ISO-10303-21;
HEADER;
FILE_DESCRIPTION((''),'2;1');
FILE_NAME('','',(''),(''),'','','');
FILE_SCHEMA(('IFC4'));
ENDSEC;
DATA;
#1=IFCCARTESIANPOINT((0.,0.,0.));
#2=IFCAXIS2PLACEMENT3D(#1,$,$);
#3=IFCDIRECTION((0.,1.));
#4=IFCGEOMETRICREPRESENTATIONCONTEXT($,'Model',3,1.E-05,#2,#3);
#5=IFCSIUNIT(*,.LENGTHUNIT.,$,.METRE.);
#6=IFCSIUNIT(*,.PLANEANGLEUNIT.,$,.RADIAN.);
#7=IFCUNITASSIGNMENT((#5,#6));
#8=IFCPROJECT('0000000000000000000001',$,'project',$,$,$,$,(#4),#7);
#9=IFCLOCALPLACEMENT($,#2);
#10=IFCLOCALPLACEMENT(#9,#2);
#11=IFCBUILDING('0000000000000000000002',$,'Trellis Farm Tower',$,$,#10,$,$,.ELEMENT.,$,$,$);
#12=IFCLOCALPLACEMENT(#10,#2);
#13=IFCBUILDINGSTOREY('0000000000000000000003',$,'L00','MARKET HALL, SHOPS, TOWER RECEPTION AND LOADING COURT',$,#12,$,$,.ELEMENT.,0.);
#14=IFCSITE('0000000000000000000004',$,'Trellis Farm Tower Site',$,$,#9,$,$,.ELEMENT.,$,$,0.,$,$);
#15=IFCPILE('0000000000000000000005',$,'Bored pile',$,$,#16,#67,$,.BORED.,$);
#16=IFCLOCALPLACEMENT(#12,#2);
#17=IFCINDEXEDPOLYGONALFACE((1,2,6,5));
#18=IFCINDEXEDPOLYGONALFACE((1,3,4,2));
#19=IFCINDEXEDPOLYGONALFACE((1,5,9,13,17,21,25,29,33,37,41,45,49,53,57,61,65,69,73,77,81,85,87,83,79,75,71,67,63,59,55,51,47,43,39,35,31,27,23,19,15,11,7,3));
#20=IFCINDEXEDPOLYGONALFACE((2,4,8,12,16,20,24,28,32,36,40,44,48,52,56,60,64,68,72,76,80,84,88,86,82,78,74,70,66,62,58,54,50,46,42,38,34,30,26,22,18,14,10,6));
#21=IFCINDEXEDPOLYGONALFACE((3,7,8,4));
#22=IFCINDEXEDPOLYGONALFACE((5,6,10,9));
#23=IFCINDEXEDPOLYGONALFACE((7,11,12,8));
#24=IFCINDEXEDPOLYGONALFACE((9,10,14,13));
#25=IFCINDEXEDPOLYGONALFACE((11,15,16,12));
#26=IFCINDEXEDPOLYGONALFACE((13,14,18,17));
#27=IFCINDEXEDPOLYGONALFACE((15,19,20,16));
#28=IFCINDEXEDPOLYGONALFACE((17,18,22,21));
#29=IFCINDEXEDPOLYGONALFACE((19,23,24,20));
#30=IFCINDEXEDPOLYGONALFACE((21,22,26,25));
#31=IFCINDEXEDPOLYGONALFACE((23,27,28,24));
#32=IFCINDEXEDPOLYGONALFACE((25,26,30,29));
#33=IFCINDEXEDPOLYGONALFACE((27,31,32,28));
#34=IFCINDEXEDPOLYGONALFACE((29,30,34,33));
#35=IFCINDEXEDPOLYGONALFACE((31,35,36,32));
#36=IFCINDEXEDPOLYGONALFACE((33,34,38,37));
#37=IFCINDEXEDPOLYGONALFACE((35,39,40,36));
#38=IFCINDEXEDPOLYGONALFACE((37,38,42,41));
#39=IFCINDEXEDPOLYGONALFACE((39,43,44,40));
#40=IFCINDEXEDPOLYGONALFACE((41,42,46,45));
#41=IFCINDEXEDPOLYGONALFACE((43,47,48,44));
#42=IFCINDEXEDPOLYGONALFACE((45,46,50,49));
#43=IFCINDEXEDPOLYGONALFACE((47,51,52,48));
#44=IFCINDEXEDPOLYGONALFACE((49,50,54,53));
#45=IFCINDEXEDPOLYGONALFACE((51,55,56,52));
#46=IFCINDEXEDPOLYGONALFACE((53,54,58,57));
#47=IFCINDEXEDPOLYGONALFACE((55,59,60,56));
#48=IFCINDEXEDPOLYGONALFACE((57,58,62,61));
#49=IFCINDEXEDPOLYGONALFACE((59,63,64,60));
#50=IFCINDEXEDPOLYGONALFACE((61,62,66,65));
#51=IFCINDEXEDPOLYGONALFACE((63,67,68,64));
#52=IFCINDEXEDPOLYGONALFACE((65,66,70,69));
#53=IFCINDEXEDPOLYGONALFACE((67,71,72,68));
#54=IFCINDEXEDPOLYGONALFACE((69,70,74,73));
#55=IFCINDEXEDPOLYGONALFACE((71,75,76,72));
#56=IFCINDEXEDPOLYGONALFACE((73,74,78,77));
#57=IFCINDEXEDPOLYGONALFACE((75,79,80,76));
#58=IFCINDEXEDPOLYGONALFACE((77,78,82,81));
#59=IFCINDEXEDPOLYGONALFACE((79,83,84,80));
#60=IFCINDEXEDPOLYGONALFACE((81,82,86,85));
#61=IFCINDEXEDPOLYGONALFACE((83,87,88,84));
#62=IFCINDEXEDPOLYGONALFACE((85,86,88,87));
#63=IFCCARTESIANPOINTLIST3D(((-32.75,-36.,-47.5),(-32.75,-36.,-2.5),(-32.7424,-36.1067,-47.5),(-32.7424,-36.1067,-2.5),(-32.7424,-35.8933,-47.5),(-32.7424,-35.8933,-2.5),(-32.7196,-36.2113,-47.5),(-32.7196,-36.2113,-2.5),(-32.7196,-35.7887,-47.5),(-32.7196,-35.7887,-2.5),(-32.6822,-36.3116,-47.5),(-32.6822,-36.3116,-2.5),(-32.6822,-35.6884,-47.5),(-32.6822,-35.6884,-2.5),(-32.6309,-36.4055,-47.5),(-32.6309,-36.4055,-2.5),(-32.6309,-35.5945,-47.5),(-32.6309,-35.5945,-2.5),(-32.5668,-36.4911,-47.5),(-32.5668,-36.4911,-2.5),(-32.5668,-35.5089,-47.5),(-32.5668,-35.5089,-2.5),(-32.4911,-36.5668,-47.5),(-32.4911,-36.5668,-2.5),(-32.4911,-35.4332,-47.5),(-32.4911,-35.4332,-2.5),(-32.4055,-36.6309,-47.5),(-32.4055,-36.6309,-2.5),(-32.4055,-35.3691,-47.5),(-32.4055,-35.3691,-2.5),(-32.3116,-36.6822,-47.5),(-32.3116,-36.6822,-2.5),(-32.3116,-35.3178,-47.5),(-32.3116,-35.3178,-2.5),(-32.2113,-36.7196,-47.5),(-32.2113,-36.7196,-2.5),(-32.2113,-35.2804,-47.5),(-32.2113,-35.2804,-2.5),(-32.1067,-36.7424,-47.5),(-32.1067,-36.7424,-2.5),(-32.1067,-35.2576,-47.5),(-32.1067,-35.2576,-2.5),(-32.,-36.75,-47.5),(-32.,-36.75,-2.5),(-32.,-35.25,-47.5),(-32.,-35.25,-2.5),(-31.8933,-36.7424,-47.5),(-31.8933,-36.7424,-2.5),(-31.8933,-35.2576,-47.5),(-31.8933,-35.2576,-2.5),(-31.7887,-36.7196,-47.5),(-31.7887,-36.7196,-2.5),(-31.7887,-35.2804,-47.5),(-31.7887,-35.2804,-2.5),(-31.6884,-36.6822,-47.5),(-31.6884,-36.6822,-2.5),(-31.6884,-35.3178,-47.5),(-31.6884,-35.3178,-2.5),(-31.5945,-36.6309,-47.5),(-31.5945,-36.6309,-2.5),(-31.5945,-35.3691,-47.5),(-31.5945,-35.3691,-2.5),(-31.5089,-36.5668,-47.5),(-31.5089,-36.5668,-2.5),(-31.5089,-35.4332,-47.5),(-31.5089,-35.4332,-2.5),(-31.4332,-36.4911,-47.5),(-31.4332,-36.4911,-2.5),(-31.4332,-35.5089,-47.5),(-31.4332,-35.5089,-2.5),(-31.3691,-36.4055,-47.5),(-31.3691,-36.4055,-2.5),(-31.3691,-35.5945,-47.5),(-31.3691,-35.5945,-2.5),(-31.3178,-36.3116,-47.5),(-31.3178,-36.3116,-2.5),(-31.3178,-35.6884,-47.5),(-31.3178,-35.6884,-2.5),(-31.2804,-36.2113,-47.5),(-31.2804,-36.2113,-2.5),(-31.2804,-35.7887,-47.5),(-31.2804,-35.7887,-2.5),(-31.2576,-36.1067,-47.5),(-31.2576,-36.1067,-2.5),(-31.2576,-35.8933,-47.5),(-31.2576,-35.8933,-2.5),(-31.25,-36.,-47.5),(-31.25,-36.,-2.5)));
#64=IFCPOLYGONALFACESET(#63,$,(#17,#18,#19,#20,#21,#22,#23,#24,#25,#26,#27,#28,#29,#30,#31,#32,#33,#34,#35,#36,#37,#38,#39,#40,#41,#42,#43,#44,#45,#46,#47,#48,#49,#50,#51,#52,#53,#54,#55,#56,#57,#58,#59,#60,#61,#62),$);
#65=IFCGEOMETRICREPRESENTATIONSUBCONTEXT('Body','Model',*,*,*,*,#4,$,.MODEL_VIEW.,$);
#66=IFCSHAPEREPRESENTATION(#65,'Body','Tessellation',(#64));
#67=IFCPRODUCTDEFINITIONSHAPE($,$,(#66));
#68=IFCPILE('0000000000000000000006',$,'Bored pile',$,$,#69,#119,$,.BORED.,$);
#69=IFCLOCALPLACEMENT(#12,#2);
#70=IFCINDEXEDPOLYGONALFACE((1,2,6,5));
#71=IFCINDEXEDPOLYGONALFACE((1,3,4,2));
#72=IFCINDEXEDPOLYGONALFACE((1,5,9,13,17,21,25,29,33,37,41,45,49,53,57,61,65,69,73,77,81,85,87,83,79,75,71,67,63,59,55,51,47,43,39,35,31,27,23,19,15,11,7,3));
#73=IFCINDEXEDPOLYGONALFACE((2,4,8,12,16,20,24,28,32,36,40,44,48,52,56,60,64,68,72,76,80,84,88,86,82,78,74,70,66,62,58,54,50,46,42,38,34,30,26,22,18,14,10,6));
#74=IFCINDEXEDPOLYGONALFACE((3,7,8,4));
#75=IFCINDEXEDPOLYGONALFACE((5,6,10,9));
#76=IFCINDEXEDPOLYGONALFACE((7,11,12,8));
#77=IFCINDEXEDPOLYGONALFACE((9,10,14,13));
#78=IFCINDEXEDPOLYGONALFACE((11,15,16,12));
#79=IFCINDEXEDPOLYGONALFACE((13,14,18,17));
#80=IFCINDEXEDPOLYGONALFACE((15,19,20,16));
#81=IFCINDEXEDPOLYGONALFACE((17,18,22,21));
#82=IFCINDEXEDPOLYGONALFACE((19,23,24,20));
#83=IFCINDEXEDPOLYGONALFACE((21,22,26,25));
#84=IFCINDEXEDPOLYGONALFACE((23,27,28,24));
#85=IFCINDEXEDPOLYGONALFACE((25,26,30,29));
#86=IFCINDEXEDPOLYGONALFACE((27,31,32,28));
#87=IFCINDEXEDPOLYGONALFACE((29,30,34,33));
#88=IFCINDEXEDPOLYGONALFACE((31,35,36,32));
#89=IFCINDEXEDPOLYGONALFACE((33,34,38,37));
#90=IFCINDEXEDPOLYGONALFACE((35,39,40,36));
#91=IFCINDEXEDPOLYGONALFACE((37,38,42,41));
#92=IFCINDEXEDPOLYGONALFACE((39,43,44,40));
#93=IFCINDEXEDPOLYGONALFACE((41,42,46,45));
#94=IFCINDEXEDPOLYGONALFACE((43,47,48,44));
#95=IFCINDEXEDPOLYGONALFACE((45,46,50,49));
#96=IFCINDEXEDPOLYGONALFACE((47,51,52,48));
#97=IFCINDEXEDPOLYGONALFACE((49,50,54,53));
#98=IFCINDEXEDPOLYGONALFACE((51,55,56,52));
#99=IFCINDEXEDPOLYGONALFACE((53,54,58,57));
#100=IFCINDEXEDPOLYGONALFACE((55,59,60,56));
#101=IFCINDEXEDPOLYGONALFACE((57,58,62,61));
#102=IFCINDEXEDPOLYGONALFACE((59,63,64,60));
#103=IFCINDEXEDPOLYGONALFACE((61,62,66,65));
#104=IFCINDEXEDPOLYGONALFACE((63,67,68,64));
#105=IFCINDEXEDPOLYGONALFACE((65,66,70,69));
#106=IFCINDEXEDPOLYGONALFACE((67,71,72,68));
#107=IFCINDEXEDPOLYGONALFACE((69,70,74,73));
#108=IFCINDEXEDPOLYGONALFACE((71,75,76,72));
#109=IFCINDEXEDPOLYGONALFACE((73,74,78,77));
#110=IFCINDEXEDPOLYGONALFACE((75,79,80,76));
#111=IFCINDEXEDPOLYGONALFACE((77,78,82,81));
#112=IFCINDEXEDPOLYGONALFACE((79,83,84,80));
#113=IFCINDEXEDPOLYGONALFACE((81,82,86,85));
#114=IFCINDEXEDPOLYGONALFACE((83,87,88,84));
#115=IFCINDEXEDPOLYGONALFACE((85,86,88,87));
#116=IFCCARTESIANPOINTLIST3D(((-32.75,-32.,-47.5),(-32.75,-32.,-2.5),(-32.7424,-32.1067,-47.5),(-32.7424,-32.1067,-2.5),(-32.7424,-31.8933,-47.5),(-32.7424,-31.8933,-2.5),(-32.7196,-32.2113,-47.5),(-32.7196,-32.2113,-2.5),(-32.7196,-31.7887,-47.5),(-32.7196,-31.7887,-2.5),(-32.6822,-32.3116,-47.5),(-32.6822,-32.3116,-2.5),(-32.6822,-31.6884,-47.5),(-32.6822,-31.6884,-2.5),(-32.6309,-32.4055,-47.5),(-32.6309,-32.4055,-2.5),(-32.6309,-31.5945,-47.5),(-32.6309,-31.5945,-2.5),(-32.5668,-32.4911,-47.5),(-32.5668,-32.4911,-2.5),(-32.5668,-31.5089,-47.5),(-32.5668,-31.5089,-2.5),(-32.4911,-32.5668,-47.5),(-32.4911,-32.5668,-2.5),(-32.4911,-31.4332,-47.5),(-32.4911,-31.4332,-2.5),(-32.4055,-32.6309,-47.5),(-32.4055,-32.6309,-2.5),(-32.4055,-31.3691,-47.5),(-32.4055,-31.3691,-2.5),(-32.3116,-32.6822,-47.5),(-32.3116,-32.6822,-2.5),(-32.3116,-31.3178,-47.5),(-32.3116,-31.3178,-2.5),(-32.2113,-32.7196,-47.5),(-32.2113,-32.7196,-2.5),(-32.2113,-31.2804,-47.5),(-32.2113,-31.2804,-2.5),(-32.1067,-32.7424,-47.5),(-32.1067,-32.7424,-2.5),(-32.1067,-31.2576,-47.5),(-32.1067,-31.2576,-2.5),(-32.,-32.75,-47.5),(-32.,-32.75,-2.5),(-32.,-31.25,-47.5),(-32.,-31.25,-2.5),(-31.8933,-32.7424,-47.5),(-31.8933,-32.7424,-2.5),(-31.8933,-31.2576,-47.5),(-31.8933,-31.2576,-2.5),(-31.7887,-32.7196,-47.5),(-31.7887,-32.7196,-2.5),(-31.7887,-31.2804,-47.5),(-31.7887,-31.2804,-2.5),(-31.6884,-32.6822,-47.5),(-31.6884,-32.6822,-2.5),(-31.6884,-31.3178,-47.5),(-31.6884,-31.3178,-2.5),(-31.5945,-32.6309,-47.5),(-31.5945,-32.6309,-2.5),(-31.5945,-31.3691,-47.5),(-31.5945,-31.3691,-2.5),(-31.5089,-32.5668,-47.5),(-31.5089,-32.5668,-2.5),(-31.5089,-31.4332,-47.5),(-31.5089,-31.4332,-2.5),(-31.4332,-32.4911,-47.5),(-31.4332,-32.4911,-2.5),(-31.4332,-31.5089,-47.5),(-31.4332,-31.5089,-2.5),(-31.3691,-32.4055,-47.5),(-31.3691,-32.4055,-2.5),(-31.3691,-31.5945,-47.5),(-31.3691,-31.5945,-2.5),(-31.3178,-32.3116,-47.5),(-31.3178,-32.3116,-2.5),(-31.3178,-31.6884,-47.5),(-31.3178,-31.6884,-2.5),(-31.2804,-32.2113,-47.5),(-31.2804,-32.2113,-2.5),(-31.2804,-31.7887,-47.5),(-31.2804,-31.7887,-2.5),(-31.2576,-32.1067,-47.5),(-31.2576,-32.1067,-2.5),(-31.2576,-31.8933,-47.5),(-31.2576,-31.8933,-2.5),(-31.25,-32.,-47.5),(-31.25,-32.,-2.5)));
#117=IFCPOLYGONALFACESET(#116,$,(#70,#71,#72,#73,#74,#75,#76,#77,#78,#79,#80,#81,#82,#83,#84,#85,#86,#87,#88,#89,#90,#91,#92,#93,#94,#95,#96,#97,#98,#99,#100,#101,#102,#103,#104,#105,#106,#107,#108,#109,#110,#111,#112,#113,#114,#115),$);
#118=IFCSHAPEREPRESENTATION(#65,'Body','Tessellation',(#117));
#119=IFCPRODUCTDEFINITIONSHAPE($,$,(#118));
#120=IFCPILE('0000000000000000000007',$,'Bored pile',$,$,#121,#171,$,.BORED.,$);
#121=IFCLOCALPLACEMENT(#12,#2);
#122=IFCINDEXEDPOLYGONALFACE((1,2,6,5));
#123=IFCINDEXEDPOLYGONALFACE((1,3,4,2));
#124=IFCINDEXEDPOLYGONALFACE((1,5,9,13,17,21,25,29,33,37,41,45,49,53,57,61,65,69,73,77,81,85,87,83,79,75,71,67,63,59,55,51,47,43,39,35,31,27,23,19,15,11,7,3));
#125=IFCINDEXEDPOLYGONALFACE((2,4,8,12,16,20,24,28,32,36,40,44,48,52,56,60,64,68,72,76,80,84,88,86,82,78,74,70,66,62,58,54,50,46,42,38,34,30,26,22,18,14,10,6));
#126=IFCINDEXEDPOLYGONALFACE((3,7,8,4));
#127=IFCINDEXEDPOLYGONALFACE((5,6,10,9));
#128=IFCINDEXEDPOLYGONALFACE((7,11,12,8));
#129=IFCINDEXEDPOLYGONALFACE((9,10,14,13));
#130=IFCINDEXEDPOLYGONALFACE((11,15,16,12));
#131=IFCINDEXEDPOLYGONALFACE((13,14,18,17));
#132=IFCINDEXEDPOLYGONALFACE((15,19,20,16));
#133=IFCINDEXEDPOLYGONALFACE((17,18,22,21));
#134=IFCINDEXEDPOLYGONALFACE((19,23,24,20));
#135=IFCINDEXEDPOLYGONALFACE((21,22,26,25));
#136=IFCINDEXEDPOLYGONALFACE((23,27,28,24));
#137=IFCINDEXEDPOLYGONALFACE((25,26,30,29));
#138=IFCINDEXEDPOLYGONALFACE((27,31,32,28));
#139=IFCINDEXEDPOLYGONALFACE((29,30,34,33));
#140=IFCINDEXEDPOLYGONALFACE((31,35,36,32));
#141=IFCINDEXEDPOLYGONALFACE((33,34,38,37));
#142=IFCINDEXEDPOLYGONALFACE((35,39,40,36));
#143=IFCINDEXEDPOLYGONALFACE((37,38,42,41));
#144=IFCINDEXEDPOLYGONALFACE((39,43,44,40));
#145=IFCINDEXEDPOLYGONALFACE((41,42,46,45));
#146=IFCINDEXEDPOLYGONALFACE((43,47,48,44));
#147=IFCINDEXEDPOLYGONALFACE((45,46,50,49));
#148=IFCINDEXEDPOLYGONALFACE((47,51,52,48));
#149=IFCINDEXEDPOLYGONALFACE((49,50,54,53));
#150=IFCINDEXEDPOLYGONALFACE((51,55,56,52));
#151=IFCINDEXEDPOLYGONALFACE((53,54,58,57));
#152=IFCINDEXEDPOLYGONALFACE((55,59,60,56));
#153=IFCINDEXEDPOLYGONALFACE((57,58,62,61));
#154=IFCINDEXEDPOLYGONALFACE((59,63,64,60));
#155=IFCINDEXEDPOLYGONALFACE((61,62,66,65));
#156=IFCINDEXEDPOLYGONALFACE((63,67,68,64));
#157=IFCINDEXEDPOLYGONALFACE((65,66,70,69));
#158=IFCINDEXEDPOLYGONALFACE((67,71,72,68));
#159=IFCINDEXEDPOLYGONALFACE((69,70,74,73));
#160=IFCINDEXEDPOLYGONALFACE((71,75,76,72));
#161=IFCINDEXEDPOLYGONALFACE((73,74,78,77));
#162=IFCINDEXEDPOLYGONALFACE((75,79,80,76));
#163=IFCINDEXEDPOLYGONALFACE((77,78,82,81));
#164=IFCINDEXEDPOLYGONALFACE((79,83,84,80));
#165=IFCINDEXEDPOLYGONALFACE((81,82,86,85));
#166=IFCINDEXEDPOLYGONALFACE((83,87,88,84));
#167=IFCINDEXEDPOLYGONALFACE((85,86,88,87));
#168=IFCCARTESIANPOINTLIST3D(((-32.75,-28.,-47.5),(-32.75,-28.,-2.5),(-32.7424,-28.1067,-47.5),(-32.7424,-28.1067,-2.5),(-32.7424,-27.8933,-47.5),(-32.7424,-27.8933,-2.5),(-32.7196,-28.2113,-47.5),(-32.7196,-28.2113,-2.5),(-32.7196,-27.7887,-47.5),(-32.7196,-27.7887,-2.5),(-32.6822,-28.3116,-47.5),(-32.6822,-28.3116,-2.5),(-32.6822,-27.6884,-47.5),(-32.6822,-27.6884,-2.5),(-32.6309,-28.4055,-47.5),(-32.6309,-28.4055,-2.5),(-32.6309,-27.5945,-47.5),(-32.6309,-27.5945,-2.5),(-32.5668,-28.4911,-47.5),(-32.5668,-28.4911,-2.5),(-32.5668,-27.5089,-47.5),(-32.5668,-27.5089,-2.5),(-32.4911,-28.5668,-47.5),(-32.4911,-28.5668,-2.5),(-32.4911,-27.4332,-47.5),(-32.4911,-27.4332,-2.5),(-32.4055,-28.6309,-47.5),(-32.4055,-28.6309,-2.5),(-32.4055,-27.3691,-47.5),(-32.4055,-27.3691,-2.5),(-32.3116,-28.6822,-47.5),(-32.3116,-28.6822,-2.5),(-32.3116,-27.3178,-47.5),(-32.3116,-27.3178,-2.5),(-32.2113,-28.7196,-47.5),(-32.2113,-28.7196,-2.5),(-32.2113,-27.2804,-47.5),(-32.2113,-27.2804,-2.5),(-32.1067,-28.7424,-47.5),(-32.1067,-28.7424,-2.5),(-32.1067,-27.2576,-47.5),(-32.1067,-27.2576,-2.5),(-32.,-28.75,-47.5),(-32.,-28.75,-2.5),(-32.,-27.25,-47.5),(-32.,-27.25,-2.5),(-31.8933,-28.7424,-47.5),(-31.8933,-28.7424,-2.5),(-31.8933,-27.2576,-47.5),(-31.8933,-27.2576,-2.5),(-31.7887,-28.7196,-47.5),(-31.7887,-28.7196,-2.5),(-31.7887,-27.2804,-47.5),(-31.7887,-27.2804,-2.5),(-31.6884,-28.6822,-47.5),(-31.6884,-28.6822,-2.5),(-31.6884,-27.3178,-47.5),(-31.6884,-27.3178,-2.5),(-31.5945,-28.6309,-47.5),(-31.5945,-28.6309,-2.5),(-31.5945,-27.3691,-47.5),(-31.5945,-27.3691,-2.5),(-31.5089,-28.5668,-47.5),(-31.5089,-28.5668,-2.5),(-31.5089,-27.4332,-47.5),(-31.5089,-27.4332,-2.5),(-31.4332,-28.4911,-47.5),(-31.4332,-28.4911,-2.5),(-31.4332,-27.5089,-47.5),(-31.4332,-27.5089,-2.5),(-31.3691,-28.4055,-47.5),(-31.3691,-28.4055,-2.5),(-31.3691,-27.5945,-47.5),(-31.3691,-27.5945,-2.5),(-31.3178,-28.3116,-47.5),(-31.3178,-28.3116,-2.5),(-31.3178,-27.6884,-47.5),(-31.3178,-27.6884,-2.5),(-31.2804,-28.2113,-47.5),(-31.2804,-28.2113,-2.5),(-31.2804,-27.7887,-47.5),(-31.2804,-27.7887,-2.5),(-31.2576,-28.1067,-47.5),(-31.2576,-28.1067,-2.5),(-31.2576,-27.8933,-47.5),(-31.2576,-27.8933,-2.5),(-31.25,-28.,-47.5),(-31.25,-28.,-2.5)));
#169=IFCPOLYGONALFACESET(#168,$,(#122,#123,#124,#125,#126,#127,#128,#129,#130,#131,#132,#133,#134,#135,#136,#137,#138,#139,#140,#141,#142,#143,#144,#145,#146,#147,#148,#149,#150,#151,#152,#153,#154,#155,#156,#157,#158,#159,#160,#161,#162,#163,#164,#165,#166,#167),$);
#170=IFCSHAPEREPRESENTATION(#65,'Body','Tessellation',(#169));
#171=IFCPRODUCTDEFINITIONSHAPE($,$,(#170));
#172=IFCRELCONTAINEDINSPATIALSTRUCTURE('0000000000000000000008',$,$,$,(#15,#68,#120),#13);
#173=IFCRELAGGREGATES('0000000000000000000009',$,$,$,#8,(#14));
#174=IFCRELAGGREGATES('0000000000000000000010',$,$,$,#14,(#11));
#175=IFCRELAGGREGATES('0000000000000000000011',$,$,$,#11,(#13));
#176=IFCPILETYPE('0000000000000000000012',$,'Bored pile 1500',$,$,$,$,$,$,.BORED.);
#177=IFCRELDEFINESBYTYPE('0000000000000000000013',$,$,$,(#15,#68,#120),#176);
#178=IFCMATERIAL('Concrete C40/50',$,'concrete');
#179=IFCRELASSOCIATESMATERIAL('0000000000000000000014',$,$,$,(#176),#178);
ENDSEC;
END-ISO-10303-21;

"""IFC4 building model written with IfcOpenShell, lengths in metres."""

from ifc_helpers import new_model, si_unit, direction, frame, origin, origin_2d, place, context, subcontext, project, spatial, circle, extrude, source, transform, mapped, material, material_profile, profile_set, type_object, element, save


model = new_model("IFC4")

# Units and contexts
model_context = context("Model", 3, precision=1e-05, world=origin(), true_north=direction((0.0, 1.0)))
body_context = subcontext(model_context, "Body", "Model", "MODEL_VIEW")
ifc_project = project(units=[si_unit("LENGTHUNIT", "METRE"), si_unit("PLANEANGLEUNIT", "RADIAN")], contexts=[model_context])

# Site, building, storey
site_placement = place(None, origin())
site = spatial("IfcSite", under=ifc_project, at=site_placement, Name="Trellis Farm Tower Site", CompositionType="ELEMENT", RefElevation=0.0)
building_placement = place(site_placement, origin())
building = spatial("IfcBuilding", under=site, at=building_placement, Name="Trellis Farm Tower", CompositionType="ELEMENT")
storey_placement = place(building_placement, origin())
storey = spatial("IfcBuildingStorey", under=building, at=storey_placement, Name="L00", Description="MARKET HALL, SHOPS, TOWER RECEPTION AND LOADING COURT", CompositionType="ELEMENT", Elevation=0.0)

# Piles
ifc_material_1 = material(Name="Concrete C40/50", Category="concrete")
ifc_material_profile_1 = material_profile(ifc_material_1, circle(Radius=0.75, at=origin_2d()), Name="Bored pile 1500")
ifc_profile_set_1 = profile_set([ifc_material_profile_1], Name="Concrete C40/50")
pile_type = type_object("IfcPileType", Name="Bored pile 1500", PredefinedType="BORED", material=ifc_profile_set_1)
shared_shape_1 = source(origin(), body_context, "Body", "SweptSolid", [
    extrude(circle(Radius=0.75, at=origin_2d()), origin(), (0.0, 0.0, 1.0), 45.0),
])
for number, where, z_axis, x_axis, name in (
    (1, (-32.0, -36.0, -2.5), (0.0, 0.0, -1.0), (1.0, 0.0, 0.0), "Bored pile"),
    (2, (-32.0, -32.0, -2.5), (0.0, 0.0, -1.0), (1.0, 0.0, 0.0), "Bored pile"),
    (3, (-32.0, -28.0, -2.5), (0.0, 0.0, -1.0), (1.0, 0.0, 0.0), "Bored pile"),
):
    element("IfcPile", number, at=place(storey_placement, frame(where, z_axis=z_axis, x_axis=x_axis)), inside=storey, type_object=pile_type, Name=name, PredefinedType="BORED", context=body_context, shape_type="MappedRepresentation", body=[
        mapped(shared_shape_1, transform((0.0, 0.0, 0.0))),
    ])

save(model, "model.ifc")
